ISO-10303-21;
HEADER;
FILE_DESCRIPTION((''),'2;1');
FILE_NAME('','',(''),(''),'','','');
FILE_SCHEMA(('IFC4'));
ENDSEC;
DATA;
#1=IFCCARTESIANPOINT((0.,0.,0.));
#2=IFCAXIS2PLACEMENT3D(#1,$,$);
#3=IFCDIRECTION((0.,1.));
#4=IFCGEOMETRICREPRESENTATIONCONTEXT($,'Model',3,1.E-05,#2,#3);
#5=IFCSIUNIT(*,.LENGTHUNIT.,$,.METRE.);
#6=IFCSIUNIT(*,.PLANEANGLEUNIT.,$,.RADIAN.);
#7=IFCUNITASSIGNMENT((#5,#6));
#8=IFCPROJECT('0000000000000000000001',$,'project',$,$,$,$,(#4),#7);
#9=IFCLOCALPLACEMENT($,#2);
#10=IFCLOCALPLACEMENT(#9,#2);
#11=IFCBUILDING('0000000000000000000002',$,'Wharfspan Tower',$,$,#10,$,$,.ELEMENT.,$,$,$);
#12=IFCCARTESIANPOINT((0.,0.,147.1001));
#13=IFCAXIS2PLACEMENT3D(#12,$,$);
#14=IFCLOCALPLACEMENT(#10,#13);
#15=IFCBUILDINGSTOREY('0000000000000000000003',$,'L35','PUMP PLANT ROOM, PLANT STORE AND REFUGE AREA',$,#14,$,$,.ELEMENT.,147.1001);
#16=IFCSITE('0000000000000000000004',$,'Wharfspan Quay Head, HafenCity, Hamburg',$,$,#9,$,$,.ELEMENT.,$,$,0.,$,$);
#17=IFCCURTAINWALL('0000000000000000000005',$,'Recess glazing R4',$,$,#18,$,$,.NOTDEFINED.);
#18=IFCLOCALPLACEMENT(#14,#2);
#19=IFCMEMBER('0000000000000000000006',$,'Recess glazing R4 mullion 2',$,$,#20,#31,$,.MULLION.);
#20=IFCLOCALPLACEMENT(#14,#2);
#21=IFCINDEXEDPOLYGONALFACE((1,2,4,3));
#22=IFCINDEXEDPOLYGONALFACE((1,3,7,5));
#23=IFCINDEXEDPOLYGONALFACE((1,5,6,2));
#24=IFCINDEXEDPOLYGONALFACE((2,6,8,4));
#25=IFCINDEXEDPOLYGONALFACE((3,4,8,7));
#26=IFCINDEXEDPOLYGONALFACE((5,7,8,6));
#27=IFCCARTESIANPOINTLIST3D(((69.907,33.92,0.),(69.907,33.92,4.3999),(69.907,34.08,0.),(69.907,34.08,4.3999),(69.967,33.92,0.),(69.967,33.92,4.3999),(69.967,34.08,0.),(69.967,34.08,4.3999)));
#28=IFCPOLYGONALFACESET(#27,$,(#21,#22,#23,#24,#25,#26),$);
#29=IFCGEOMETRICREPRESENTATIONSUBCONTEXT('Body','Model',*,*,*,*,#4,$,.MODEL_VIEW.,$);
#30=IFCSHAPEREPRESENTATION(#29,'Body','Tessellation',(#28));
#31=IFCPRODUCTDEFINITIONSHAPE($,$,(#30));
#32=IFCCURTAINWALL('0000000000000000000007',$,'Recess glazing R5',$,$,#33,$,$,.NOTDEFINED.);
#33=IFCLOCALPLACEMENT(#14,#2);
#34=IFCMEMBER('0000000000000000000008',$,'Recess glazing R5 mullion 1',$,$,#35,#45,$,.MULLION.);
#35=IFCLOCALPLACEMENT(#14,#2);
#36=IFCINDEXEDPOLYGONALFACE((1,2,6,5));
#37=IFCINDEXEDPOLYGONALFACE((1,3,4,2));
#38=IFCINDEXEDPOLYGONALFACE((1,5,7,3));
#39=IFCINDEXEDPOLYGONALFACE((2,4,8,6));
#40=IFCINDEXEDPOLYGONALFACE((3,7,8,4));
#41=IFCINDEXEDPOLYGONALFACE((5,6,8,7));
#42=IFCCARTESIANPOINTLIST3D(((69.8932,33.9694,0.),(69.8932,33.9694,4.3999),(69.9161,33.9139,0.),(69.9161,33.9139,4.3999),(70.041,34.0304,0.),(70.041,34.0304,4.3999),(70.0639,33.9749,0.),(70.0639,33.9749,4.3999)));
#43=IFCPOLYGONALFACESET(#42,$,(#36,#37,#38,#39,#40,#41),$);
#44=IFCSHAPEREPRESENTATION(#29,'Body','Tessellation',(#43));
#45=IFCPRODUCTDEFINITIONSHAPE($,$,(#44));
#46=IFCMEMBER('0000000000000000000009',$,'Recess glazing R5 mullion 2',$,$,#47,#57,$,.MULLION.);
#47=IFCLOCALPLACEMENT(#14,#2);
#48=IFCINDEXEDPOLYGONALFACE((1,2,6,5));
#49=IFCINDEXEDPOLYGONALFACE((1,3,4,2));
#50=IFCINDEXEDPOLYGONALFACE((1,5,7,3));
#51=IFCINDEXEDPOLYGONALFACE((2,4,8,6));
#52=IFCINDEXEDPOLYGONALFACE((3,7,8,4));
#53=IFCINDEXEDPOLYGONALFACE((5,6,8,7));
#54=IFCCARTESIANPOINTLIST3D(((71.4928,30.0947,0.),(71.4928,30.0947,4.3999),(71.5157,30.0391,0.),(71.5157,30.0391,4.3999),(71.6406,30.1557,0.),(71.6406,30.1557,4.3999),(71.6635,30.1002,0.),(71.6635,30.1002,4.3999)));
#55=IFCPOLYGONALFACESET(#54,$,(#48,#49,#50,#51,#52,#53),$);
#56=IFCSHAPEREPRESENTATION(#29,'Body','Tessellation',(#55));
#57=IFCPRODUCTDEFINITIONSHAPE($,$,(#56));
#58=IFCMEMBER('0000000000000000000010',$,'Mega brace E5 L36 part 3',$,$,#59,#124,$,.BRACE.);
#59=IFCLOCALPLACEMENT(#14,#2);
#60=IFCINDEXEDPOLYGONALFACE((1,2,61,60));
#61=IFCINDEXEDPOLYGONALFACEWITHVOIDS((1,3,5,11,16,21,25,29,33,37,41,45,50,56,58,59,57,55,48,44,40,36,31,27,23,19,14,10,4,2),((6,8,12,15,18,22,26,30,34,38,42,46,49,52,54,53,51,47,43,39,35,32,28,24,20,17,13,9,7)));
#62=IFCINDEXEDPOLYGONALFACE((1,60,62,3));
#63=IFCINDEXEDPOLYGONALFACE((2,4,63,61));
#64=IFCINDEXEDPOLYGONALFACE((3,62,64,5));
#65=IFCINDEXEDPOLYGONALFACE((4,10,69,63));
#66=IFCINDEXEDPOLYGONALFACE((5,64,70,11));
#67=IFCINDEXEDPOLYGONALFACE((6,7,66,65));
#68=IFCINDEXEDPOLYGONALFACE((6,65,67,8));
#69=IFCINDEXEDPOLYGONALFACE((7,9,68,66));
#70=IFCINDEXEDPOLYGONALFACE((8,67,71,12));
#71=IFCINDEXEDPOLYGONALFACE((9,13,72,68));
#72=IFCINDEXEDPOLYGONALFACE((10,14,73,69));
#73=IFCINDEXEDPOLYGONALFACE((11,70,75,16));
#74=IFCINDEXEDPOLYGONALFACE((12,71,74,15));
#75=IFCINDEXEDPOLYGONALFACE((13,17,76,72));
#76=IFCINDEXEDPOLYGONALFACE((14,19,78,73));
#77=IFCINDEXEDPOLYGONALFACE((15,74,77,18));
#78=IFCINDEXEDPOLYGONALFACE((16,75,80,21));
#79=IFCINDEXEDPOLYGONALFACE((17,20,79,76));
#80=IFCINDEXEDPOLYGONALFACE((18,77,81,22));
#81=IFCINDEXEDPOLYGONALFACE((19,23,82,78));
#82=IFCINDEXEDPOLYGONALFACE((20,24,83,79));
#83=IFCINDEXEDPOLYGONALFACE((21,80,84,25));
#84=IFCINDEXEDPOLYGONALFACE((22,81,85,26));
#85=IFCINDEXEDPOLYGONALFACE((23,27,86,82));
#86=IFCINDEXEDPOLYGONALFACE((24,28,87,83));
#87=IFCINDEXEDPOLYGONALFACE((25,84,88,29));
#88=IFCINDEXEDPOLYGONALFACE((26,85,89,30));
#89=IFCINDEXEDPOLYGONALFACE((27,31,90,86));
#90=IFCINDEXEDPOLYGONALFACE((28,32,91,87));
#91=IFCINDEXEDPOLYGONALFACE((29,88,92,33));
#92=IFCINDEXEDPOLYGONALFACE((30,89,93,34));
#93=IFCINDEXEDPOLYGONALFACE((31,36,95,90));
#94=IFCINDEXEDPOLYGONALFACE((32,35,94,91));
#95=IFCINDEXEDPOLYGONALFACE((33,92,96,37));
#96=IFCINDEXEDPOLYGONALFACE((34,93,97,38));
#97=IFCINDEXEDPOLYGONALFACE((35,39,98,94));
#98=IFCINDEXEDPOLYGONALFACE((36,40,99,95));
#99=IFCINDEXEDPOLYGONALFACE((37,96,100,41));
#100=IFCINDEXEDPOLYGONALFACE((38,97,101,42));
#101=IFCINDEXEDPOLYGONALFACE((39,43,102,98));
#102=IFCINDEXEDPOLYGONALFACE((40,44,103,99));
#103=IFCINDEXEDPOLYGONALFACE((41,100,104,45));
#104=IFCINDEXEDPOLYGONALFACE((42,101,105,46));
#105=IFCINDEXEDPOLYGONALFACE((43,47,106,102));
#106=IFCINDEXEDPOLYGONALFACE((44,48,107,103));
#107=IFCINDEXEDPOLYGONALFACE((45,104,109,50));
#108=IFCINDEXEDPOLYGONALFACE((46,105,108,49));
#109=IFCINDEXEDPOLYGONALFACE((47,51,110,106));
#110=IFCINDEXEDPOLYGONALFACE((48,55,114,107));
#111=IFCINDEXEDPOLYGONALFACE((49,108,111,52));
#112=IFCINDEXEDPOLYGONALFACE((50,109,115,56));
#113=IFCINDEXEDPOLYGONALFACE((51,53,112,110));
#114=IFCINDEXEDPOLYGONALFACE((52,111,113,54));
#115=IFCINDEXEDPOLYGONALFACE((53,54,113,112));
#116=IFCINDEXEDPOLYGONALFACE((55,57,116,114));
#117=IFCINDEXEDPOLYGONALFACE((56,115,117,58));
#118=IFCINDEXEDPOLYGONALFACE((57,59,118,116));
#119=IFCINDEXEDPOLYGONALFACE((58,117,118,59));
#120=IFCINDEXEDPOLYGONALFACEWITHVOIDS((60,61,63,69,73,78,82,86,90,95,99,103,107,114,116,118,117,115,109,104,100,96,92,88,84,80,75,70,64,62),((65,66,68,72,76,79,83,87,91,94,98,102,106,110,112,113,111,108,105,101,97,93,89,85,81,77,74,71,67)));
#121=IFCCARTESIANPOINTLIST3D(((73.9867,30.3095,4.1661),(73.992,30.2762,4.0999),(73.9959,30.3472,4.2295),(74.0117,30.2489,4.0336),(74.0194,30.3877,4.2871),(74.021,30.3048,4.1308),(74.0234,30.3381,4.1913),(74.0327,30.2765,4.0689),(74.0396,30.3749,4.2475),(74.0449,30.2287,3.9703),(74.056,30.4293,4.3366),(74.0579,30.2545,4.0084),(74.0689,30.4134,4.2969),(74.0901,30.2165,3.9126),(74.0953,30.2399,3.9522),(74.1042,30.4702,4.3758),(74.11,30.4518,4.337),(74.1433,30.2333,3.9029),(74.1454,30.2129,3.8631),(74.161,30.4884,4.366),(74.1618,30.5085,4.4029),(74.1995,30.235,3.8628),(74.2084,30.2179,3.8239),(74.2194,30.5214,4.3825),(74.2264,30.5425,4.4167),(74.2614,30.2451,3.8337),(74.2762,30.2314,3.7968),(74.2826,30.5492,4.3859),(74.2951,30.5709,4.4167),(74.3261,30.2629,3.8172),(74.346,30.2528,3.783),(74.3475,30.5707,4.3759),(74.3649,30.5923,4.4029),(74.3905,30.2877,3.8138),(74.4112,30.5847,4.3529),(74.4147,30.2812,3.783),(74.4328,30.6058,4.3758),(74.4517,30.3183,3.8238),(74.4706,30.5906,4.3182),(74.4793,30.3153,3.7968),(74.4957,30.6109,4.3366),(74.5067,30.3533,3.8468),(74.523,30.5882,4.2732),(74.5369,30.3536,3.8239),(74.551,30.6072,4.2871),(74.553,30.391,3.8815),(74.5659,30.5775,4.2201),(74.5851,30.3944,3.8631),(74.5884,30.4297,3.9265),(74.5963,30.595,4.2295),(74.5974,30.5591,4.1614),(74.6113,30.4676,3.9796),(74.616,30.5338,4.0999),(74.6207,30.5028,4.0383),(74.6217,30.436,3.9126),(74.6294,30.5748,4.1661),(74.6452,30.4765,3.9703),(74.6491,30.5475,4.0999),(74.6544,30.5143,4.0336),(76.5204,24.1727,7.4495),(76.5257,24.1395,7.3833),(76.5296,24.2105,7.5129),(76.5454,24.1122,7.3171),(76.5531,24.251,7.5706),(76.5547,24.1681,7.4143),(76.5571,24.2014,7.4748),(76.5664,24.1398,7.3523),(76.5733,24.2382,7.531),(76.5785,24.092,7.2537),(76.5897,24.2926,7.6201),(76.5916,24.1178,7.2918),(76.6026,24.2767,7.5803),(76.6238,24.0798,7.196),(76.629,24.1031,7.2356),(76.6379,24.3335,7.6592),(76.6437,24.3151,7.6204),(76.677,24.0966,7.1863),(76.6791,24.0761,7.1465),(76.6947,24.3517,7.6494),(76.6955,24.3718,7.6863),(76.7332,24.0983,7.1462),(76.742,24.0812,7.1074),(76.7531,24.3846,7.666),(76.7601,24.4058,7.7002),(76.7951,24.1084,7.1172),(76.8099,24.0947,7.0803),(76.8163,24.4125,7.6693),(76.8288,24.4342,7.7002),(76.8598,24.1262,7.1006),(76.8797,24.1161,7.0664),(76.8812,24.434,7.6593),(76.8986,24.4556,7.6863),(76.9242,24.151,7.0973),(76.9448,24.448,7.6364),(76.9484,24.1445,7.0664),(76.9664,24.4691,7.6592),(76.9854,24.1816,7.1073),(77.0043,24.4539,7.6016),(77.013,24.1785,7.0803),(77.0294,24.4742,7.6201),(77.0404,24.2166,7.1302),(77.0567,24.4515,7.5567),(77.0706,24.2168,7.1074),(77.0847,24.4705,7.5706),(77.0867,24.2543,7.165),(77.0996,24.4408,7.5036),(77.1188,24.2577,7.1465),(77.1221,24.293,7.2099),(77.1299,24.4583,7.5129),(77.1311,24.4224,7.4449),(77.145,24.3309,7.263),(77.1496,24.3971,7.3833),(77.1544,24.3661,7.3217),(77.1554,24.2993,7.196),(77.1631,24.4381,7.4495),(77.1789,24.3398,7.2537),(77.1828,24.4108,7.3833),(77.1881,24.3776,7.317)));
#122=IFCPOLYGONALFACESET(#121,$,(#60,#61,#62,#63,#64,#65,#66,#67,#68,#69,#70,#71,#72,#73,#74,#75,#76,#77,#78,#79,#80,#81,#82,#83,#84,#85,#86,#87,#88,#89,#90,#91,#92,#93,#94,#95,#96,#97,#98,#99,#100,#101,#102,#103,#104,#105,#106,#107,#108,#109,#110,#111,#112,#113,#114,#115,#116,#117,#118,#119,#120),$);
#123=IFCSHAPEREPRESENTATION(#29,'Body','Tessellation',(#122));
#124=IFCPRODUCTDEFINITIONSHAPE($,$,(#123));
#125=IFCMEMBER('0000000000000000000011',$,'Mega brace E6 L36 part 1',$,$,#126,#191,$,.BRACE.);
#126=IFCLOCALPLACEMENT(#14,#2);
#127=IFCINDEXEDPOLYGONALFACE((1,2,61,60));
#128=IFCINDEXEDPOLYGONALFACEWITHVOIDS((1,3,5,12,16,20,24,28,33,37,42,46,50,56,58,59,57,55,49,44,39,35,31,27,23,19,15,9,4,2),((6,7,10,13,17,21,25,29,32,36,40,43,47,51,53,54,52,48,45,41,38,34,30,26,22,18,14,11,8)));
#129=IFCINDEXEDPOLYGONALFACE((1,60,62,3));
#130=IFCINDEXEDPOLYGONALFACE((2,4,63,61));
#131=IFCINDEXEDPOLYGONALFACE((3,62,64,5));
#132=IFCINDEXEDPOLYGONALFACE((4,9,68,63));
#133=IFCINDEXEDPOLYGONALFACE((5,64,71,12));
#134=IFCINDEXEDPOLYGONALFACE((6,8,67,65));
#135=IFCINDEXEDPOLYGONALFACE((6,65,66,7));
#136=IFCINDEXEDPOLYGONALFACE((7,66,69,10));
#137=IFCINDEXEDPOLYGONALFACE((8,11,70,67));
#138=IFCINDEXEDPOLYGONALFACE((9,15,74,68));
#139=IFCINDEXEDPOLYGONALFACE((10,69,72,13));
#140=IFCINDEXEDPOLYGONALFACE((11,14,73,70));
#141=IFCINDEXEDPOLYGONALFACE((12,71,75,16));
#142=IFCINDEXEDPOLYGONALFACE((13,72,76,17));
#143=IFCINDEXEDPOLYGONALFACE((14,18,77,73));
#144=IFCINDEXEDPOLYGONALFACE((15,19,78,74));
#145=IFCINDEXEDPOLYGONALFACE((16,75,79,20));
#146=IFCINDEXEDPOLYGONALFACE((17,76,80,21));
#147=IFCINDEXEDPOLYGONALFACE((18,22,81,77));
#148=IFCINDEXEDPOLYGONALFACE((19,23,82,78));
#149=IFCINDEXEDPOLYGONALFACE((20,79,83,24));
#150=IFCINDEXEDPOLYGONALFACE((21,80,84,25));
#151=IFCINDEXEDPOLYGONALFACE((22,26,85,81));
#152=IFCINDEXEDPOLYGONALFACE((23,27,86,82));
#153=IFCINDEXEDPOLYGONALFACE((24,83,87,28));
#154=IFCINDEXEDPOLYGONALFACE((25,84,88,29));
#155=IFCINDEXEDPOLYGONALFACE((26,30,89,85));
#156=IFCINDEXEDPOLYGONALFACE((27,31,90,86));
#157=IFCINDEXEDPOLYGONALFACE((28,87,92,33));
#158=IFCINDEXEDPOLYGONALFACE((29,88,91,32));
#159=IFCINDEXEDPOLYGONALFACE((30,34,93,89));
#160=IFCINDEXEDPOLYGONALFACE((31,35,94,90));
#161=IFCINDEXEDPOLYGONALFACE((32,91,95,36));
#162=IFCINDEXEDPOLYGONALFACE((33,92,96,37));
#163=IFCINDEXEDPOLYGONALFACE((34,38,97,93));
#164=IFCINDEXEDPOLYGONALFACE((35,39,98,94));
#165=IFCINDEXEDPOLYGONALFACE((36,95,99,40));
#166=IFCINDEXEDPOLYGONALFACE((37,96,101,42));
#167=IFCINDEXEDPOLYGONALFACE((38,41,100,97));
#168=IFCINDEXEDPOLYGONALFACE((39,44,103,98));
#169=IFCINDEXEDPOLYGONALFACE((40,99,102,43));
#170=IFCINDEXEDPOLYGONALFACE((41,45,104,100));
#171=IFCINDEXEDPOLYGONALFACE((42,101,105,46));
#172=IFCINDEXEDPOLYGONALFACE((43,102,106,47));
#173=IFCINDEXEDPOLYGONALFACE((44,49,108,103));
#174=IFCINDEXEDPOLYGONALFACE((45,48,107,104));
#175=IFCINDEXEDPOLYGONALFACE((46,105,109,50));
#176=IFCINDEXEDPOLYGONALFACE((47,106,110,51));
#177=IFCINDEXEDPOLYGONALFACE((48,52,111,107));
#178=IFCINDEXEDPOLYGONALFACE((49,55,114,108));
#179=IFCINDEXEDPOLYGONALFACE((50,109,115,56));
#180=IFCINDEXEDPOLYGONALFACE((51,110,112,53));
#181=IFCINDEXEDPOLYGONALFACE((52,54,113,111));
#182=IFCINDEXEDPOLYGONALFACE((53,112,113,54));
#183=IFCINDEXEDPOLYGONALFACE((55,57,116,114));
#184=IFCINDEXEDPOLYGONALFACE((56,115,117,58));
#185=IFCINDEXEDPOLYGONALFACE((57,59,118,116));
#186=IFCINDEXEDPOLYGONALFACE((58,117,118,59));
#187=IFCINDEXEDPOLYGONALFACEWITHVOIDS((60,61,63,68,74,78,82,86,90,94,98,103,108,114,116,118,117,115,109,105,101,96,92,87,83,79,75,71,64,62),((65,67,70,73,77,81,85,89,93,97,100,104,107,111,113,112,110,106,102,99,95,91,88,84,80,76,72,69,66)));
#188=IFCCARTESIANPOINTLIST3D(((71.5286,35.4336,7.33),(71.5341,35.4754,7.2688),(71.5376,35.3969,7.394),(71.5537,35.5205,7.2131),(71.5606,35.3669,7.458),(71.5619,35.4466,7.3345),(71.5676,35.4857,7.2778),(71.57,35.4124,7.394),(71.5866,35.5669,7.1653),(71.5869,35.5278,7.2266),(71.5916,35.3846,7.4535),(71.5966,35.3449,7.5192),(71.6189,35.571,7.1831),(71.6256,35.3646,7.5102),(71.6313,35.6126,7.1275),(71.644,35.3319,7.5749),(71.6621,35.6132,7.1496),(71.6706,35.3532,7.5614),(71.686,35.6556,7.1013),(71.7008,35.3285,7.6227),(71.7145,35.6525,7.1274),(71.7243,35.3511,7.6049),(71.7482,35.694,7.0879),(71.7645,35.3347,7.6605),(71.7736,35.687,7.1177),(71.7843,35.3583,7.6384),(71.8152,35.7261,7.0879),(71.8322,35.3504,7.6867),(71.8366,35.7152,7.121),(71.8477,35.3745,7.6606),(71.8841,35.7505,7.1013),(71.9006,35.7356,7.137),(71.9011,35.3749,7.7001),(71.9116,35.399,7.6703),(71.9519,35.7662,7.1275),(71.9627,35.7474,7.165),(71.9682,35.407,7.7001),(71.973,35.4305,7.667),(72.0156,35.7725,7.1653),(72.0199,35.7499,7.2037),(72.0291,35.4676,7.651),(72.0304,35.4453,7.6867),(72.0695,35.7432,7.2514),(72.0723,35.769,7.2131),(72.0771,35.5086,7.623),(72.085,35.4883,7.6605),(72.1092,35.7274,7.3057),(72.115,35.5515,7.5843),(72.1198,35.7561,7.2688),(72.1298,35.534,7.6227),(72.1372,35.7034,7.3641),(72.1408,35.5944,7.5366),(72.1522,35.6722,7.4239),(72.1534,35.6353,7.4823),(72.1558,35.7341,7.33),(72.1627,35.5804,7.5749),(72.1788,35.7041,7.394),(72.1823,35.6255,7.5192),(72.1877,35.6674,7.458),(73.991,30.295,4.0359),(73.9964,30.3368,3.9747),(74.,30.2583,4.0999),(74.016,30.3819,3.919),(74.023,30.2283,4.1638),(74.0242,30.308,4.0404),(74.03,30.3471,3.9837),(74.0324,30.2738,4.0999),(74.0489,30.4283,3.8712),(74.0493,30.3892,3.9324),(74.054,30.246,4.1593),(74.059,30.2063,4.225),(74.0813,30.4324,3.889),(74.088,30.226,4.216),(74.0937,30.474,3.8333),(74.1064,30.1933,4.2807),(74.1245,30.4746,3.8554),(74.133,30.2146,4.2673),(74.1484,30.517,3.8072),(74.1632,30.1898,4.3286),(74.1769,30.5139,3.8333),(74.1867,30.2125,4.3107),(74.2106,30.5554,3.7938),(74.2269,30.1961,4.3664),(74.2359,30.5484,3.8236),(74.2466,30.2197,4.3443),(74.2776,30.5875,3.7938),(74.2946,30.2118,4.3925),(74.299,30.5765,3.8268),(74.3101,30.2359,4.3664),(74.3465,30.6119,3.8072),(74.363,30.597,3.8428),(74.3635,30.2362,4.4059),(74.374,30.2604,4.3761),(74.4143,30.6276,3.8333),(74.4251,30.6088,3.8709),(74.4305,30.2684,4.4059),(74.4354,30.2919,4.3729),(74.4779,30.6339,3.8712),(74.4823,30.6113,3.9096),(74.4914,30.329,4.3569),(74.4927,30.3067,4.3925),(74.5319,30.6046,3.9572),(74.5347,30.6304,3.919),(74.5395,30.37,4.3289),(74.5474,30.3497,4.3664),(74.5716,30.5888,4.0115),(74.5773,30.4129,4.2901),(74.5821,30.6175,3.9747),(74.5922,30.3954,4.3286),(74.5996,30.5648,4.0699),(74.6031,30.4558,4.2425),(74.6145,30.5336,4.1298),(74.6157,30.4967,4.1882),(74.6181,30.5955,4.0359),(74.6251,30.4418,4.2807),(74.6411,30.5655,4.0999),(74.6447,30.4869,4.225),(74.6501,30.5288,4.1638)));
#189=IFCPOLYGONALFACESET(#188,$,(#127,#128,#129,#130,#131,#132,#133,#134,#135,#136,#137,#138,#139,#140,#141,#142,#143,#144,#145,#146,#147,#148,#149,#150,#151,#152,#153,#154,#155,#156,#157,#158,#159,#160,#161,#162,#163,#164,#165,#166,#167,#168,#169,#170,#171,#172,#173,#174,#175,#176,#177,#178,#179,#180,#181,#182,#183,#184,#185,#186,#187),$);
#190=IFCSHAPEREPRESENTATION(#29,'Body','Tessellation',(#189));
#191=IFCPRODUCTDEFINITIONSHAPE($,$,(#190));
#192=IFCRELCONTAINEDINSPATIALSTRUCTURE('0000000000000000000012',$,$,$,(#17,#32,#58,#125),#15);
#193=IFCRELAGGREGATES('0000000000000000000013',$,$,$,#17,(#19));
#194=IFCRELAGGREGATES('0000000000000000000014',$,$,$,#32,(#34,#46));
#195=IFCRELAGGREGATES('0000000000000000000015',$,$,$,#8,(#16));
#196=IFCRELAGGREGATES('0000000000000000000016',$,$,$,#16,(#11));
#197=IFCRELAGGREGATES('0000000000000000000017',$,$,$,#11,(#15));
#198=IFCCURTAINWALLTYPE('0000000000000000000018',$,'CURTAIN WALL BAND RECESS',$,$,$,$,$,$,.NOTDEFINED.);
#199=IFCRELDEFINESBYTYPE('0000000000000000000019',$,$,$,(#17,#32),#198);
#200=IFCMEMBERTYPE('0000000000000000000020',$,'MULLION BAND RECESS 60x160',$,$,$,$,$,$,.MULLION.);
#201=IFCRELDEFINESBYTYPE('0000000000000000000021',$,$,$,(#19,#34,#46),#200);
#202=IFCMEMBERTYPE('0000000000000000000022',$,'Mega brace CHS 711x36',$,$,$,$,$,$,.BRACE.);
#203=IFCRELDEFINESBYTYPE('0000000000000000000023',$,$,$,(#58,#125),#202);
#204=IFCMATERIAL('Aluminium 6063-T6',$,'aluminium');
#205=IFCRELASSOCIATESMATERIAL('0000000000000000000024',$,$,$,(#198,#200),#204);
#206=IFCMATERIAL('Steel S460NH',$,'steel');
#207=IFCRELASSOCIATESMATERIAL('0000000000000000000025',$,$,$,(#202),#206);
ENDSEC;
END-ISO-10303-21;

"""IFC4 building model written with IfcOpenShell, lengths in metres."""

from ifc_helpers import new_model, si_unit, direction, frame, origin, origin_2d, place, context, subcontext, project, spatial, rectangle, hollow_circle, extrude, material, material_profile, profile_set, type_object, element, aggregate, save


model = new_model("IFC4")

# Units and contexts
model_context = context("Model", 3, precision=1e-05, world=origin(), true_north=direction((0.0, 1.0)))
body_context = subcontext(model_context, "Body", "Model", "MODEL_VIEW")
ifc_project = project(units=[si_unit("LENGTHUNIT", "METRE"), si_unit("PLANEANGLEUNIT", "RADIAN")], contexts=[model_context])

# Site, building, storey
site_placement = place(None, origin())
site = spatial("IfcSite", under=ifc_project, at=site_placement, Name="Wharfspan Quay Head, HafenCity, Hamburg", CompositionType="ELEMENT", RefElevation=0.0)
building_placement = place(site_placement, origin())
building = spatial("IfcBuilding", under=site, at=building_placement, Name="Wharfspan Tower", CompositionType="ELEMENT")
storey_placement = place(building_placement, frame((0.0, 0.0, 147.1001)))
storey = spatial("IfcBuildingStorey", under=building, at=storey_placement, Name="L35", Description="PUMP PLANT ROOM, PLANT STORE AND REFUGE AREA", CompositionType="ELEMENT", Elevation=147.1001)

# Curtain wall, member
ifc_material_1 = material(Name="Aluminium 6063-T6", Category="aluminium")
curtain_wall_type = type_object("IfcCurtainWallType", Name="CURTAIN WALL BAND RECESS", PredefinedType="NOTDEFINED", material=ifc_material_1)
curtain_wall_1_placement = place(storey_placement, origin())
curtain_wall_1 = element("IfcCurtainWall", 1, at=curtain_wall_1_placement, inside=storey, type_object=curtain_wall_type, Name="Recess glazing R4", PredefinedType="NOTDEFINED")
ifc_material_profile_1 = material_profile(ifc_material_1, rectangle(XDim=0.1599, YDim=0.0601, at=origin_2d()))
ifc_profile_set_1 = profile_set([ifc_material_profile_1], Name="Aluminium 6063-T6")
member_type_1 = type_object("IfcMemberType", Name="MULLION BAND RECESS 60x160", PredefinedType="MULLION", material=ifc_profile_set_1)
member_1_placement = place(storey_placement, frame((69.937, 34.0, 0.0), z_axis=(0.0, 0.0, 1.0), x_axis=(0.0, 1.0, 0.0)))
member_1 = element("IfcMember", 2, at=member_1_placement, type_object=member_type_1, Name="Recess glazing R4 mullion 2", PredefinedType="MULLION", context=body_context, shape_type="SweptSolid", body=[
    extrude(rectangle(XDim=0.1599, YDim=0.0601, at=origin_2d()), origin(), (0.0, 0.0, 1.0), 4.3999),
])
aggregate(curtain_wall_1, [member_1])

# Curtain wall, members
curtain_wall_2_placement = place(storey_placement, origin())
curtain_wall_2 = element("IfcCurtainWall", 3, at=curtain_wall_2_placement, inside=storey, type_object=curtain_wall_type, Name="Recess glazing R5", PredefinedType="NOTDEFINED")
member_2_placement = place(storey_placement, frame((69.9785, 33.9722, 0.0), z_axis=(0.0, 0.0, 1.0), x_axis=(0.924325, 0.381602, 0.0)))
member_2 = element("IfcMember", 4, at=member_2_placement, type_object=member_type_1, Name="Recess glazing R5 mullion 1", PredefinedType="MULLION", context=body_context, shape_type="SweptSolid", body=[
    extrude(rectangle(XDim=0.1599, YDim=0.0601, at=origin_2d()), origin(), (0.0, 0.0, 1.0), 4.3999),
])
member_3_placement = place(storey_placement, frame((71.5781, 30.0974, 0.0), z_axis=(0.0, 0.0, 1.0), x_axis=(0.924325, 0.381602, 0.0)))
member_3 = element("IfcMember", 5, at=member_3_placement, type_object=member_type_1, Name="Recess glazing R5 mullion 2", PredefinedType="MULLION", context=body_context, shape_type="SweptSolid", body=[
    extrude(rectangle(XDim=0.1599, YDim=0.0601, at=origin_2d()), origin(), (0.0, 0.0, 1.0), 4.3999),
])

# Members
ifc_material_2 = material(Name="Steel S460NH", Category="steel")
ifc_material_profile_2 = material_profile(ifc_material_2, hollow_circle(Radius=0.3555, WallThickness=0.0359, at=origin_2d()))
ifc_profile_set_2 = profile_set([ifc_material_profile_2], Name="Steel S460NH")
member_type_2 = type_object("IfcMemberType", Name="Mega brace CHS 711x36", PredefinedType="BRACE", material=ifc_profile_set_2)
member_4_placement = place(storey_placement, frame((74.3206, 30.4119, 4.0999), z_axis=(0.342079, -0.828531, 0.443305), x_axis=(0.924316, 0.381624, -0.000004)))
element("IfcMember", 6, at=member_4_placement, inside=storey, type_object=member_type_2, Name="Mega brace E5 L36 part 3", PredefinedType="BRACE", context=body_context, shape_type="SweptSolid", body=[
    extrude(hollow_circle(Radius=0.3555, WallThickness=0.0359, at=origin_2d()), origin(), (0.0, 0.0, 1.0), 7.4067),
])
member_5_placement = place(storey_placement, frame((74.3206, 30.4119, 4.0999), z_axis=(-0.374119, 0.780731, 0.500494), x_axis=(-0.90181, -0.432137, -0.000003)))
element("IfcMember", 7, at=member_5_placement, inside=storey, type_object=member_type_2, Name="Mega brace E6 L36 part 1", PredefinedType="BRACE", context=body_context, shape_type="SweptSolid", body=[
    extrude(hollow_circle(Radius=0.3555, WallThickness=0.0359, at=origin_2d()), origin(), (0.0, 0.0, 1.0), 6.5818),
])

aggregate(curtain_wall_2, [member_2, member_3])

save(model, "model.ifc")
